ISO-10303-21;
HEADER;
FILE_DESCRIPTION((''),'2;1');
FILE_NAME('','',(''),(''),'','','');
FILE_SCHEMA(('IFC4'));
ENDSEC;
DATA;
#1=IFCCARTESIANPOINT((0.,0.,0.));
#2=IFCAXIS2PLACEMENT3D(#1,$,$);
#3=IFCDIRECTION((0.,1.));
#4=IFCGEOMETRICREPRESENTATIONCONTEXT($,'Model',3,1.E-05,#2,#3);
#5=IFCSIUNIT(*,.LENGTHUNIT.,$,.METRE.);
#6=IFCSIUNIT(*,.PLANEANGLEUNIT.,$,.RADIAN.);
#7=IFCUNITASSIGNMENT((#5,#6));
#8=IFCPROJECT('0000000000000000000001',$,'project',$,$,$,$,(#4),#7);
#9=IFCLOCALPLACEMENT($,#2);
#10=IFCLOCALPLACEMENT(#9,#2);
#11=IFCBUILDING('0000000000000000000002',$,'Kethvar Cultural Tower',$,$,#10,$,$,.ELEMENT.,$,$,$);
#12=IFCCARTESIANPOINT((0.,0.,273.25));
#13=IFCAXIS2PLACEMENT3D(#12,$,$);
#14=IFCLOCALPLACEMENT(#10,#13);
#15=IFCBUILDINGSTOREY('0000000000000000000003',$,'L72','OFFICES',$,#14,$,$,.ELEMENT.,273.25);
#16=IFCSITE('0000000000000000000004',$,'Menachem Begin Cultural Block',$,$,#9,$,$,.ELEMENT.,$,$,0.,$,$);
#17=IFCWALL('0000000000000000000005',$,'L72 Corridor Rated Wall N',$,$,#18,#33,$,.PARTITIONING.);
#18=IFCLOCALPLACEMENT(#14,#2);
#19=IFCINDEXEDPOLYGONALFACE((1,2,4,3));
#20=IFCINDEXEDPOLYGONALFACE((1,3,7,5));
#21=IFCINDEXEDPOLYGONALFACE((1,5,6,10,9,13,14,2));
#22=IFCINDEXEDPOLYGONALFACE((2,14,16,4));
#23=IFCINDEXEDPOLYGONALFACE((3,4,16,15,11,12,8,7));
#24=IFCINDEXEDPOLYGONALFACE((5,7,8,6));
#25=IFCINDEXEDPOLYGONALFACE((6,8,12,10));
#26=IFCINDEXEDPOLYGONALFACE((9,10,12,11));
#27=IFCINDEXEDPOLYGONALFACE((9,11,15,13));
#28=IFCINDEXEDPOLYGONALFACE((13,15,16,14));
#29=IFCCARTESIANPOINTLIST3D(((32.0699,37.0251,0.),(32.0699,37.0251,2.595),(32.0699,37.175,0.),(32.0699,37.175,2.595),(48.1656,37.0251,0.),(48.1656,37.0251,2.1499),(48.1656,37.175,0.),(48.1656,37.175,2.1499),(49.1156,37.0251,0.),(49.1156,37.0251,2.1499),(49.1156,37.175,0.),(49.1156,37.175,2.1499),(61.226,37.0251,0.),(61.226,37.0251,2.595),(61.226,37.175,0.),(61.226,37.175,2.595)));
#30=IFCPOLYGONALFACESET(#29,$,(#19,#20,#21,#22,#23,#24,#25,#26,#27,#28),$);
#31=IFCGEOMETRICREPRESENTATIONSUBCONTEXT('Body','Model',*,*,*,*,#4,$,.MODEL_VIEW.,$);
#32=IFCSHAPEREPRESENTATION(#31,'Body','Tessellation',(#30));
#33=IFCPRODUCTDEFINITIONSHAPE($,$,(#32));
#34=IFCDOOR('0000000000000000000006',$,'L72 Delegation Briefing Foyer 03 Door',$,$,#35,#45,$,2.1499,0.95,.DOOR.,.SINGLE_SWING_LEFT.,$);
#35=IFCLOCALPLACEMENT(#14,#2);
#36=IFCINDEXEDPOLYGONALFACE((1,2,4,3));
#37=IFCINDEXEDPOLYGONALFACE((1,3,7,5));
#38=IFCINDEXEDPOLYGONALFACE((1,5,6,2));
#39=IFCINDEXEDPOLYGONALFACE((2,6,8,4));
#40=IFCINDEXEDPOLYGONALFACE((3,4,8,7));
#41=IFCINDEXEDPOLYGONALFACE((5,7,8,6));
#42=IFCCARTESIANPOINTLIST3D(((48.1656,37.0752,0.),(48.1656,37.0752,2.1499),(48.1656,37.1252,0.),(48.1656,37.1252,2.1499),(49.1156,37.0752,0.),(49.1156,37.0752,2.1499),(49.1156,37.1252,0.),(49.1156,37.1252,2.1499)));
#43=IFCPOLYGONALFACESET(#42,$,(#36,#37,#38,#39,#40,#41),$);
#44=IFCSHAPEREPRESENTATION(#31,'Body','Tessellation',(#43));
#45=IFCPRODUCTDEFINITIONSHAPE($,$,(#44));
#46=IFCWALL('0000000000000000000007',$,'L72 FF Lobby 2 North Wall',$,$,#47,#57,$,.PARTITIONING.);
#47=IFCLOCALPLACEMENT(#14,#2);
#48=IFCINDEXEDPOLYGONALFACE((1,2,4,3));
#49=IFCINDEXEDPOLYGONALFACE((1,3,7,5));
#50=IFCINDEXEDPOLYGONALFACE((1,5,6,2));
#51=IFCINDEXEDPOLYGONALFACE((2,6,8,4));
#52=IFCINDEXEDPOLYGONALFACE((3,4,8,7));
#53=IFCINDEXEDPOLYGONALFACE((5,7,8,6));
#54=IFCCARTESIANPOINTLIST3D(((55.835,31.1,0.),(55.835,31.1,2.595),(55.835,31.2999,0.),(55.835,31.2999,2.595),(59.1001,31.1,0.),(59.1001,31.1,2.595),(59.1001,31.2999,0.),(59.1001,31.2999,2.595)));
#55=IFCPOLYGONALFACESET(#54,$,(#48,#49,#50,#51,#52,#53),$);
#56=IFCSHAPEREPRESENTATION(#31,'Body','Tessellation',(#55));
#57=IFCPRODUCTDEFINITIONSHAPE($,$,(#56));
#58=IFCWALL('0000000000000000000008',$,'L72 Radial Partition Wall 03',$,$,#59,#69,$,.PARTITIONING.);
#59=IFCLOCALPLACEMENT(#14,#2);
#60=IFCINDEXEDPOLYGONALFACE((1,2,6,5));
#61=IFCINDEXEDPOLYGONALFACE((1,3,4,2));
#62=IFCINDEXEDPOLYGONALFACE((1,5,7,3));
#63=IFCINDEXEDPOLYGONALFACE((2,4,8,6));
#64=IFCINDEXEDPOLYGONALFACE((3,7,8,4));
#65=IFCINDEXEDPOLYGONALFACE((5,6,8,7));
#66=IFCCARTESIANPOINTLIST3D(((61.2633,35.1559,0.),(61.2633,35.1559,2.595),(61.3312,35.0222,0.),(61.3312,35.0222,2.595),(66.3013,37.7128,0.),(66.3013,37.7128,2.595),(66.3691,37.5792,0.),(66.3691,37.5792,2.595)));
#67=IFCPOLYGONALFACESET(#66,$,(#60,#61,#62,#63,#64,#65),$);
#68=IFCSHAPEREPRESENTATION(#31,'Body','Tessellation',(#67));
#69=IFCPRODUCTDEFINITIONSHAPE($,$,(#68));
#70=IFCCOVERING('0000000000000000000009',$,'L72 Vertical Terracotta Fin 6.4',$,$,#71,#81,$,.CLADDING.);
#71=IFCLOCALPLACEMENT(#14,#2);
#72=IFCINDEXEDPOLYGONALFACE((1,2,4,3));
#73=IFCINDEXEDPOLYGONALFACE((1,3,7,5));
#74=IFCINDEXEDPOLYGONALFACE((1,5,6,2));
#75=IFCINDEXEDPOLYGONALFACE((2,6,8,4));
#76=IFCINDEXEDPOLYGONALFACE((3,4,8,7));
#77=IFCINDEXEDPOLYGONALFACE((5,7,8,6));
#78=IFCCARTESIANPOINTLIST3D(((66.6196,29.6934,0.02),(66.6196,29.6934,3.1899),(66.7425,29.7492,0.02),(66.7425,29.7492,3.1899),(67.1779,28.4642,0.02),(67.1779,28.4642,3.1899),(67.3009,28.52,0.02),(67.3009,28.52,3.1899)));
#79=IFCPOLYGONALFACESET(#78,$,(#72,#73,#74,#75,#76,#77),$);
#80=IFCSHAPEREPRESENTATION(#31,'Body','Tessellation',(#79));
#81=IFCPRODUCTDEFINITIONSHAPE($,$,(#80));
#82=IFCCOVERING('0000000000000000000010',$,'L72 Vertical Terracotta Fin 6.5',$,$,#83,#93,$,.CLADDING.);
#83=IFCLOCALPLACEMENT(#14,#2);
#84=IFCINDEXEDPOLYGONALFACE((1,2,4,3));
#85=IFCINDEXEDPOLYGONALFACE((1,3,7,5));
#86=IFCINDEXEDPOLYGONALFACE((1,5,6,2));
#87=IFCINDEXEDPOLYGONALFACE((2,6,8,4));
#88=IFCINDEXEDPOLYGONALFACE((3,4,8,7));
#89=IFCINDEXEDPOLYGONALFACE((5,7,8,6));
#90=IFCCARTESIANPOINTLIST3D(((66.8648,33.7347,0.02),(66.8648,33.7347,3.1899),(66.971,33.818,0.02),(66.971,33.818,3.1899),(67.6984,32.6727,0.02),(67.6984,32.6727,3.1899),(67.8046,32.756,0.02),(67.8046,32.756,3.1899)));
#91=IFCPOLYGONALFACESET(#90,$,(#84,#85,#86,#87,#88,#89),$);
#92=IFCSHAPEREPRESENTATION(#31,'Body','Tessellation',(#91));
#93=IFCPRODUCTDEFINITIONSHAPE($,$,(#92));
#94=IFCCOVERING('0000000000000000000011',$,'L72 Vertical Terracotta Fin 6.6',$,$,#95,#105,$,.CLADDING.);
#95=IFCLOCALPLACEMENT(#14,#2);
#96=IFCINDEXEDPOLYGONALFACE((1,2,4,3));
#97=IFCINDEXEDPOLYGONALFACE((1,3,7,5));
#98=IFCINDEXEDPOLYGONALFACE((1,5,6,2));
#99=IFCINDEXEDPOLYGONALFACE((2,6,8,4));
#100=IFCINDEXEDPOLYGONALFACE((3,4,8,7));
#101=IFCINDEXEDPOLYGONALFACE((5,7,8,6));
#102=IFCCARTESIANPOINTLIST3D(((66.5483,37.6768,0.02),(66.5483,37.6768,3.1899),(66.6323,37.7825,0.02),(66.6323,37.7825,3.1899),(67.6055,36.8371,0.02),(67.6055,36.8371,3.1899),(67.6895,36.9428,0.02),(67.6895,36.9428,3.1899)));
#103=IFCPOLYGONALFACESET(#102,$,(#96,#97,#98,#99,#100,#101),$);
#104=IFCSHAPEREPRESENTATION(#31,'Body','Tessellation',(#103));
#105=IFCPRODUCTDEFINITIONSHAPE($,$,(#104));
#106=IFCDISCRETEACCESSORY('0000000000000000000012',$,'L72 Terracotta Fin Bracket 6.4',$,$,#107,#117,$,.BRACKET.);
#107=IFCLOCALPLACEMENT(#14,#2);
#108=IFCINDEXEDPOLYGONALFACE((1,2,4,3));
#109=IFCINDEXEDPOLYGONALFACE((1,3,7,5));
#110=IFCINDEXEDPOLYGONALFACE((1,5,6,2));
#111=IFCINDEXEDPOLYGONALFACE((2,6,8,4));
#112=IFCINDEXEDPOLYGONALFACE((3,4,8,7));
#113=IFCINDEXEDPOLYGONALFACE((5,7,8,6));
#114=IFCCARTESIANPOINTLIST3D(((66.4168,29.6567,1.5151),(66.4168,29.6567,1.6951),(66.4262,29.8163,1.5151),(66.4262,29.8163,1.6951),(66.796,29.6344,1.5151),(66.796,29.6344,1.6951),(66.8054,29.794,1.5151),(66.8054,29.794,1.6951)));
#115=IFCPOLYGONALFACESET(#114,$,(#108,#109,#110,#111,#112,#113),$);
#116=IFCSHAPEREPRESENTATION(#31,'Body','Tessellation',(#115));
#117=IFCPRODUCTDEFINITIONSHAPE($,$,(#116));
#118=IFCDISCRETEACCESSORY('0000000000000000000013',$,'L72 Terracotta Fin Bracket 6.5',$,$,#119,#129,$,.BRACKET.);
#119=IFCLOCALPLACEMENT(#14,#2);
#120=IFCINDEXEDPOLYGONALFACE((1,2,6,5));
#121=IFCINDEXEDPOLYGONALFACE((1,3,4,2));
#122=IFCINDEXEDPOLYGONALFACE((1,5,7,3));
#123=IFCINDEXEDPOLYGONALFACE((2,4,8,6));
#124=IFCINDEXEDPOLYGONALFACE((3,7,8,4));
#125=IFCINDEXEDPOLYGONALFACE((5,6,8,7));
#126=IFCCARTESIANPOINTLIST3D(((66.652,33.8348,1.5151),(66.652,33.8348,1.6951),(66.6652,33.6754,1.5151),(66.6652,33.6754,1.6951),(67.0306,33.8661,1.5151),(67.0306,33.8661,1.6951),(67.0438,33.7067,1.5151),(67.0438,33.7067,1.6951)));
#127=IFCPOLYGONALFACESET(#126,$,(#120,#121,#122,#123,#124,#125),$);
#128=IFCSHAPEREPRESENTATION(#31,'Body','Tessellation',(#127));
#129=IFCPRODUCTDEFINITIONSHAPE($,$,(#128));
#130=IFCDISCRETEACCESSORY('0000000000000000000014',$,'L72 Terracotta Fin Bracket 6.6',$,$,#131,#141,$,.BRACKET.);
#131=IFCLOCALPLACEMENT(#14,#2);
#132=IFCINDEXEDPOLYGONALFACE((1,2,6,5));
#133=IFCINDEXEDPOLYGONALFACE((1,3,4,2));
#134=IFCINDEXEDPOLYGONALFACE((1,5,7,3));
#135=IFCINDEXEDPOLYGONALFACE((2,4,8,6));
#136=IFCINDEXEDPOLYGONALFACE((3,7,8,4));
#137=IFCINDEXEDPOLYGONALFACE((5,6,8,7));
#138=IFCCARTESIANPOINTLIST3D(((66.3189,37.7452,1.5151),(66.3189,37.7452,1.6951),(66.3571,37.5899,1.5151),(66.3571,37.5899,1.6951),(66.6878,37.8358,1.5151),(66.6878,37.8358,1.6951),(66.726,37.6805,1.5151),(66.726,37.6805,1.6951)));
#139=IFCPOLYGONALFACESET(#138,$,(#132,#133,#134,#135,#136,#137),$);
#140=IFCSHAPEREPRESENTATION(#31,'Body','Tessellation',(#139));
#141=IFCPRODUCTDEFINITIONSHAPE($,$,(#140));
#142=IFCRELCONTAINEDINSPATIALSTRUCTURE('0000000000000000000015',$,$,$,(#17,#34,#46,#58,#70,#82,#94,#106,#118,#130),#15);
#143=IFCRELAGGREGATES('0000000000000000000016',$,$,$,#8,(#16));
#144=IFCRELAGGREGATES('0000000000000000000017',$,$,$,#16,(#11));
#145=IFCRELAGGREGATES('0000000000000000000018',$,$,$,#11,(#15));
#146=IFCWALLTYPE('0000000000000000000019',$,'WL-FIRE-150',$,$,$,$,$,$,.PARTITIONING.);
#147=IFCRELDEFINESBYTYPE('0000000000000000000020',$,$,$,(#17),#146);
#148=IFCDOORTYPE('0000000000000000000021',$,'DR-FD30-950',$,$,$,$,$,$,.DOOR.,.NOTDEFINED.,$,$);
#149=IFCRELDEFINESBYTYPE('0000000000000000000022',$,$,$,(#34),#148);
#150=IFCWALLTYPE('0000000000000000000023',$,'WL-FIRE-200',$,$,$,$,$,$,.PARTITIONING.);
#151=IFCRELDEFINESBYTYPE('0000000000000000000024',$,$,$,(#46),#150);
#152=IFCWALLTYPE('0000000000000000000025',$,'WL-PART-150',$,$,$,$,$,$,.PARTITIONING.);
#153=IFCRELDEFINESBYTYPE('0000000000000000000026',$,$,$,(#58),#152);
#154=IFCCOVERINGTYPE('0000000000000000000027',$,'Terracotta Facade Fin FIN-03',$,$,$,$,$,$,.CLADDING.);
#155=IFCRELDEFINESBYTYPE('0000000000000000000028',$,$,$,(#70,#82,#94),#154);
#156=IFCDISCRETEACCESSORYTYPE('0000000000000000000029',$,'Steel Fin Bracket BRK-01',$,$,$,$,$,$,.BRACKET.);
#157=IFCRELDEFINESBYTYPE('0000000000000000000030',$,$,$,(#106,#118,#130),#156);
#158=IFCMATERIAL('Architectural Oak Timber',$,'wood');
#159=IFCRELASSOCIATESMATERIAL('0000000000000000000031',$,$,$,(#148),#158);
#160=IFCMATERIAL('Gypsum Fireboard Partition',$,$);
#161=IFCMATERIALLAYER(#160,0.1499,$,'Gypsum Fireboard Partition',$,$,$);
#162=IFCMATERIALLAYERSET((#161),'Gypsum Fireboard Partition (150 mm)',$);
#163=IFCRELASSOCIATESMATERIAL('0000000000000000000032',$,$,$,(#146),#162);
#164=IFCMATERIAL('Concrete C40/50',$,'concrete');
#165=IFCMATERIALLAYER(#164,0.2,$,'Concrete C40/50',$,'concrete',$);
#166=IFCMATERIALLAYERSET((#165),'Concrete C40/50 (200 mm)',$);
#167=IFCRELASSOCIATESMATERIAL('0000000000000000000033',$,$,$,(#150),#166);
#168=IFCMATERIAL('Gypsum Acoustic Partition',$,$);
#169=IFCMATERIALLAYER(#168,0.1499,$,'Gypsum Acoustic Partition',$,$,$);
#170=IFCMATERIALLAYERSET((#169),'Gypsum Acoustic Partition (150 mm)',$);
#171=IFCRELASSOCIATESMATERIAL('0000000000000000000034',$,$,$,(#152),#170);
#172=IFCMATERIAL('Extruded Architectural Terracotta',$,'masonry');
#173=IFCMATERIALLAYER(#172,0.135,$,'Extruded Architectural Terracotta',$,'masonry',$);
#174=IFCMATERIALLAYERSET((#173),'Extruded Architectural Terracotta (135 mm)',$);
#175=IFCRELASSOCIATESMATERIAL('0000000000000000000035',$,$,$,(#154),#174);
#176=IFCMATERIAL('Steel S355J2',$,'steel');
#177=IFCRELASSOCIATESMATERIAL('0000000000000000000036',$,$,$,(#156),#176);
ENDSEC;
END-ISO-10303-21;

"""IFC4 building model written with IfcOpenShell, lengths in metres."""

from ifc_helpers import new_model, si_unit, direction, frame, frame_2d, origin, origin_2d, place, context, subcontext, project, spatial, rectangle, extrude, source, transform, mapped, material, layer, layer_set, type_object, element, fill, save


model = new_model("IFC4")

# Units and contexts
model_context = context("Model", 3, precision=1e-05, world=origin(), true_north=direction((0.0, 1.0)))
body_context = subcontext(model_context, "Body", "Model", "MODEL_VIEW")
ifc_project = project(units=[si_unit("LENGTHUNIT", "METRE"), si_unit("PLANEANGLEUNIT", "RADIAN")], contexts=[model_context])

# Site, building, storey
site_placement = place(None, origin())
site = spatial("IfcSite", under=ifc_project, at=site_placement, Name="Menachem Begin Cultural Block", CompositionType="ELEMENT", RefElevation=0.0)
building_placement = place(site_placement, origin())
building = spatial("IfcBuilding", under=site, at=building_placement, Name="Kethvar Cultural Tower", CompositionType="ELEMENT")
storey_placement = place(building_placement, frame((0.0, 0.0, 273.25)))
storey = spatial("IfcBuildingStorey", under=building, at=storey_placement, Name="L72", Description="OFFICES", CompositionType="ELEMENT", Elevation=273.25)

# Shared definitions
ifc_material_1 = material(Name="Steel S355J2", Category="steel")

# Shared definitions
ifc_material_2 = material(Name="Architectural Oak Timber", Category="wood")
door_type_1 = type_object("IfcDoorType", Name="DR-FD30-950", OperationType="NOTDEFINED", PredefinedType="DOOR", material=ifc_material_2)
shared_shape_1 = source(origin(), body_context, "Body", "SweptSolid", [
    extrude(rectangle(XDim=0.95, YDim=2.1499, at=frame_2d((0.4751, 1.075))), frame((0.0, 0.0249, 0.0), z_axis=(0.0, -1.0, 0.0), x_axis=(1.0, 0.0, 0.0)), (0.0, 0.0, 1.0), 0.05),
])

# Wall, opening, door
ifc_material_3 = material(Name="Gypsum Fireboard Partition")
ifc_layer_1 = layer(ifc_material_3, 0.1499, Name="Gypsum Fireboard Partition")
ifc_layer_set_1 = layer_set([ifc_layer_1], Name="Gypsum Fireboard Partition (150 mm)")
wall_type_1 = type_object("IfcWallType", Name="WL-FIRE-150", PredefinedType="PARTITIONING", material=ifc_layer_set_1)
wall_1_placement = place(storey_placement, frame((61.2261, 37.1001, 0.0), z_axis=(0.0, 0.0, 1.0), x_axis=(-1.0, 0.0, 0.0)))
wall_1 = element("IfcWall", 1, at=wall_1_placement, inside=storey, type_object=wall_type_1, Name="L72 Corridor Rated Wall N", PredefinedType="PARTITIONING", context=body_context, shape_type="SweptSolid", body=[
    extrude(rectangle(XDim=29.156, YDim=0.1499, at=frame_2d((14.5781, 0.0))), origin(), (0.0, 0.0, 1.0), 2.595),
])
opening_1_placement = place(wall_1_placement, frame((12.1104, 0.0, 0.0)))
opening_1 = element("IfcOpeningElement", 2, at=opening_1_placement, cuts=wall_1, PredefinedType="OPENING", context=body_context, shape_type="SweptSolid", body=[
    extrude(rectangle(XDim=0.95, YDim=2.1499, at=frame_2d((0.4751, 1.075))), frame((0.0, 0.085, 0.0), z_axis=(0.0, -1.0, 0.0), x_axis=(1.0, 0.0, 0.0)), (0.0, 0.0, 1.0), 0.1699),
])
door_1_placement = place(opening_1_placement, origin())
door_1 = element("IfcDoor", 3, at=door_1_placement, inside=storey, type_object=door_type_1, Name="L72 Delegation Briefing Foyer 03 Door", OperationType="SINGLE_SWING_LEFT", OverallHeight=2.1499, OverallWidth=0.95, PredefinedType="DOOR", context=body_context, shape_type="MappedRepresentation", body=[
    mapped(shared_shape_1, transform((0.0, 0.0, 0.0), scale=1.0)),
])
fill(opening_1, door_1)

# Walls
ifc_material_4 = material(Name="Concrete C40/50", Category="concrete")
ifc_layer_2 = layer(ifc_material_4, 0.2, Name="Concrete C40/50", Category="concrete")
ifc_layer_set_2 = layer_set([ifc_layer_2], Name="Concrete C40/50 (200 mm)")
wall_type_2 = type_object("IfcWallType", Name="WL-FIRE-200", PredefinedType="PARTITIONING", material=ifc_layer_set_2)
wall_2_placement = place(storey_placement, frame((55.835, 31.2, 0.0), z_axis=(0.0, 0.0, 1.0), x_axis=(1.0, 0.0, 0.0)))
element("IfcWall", 4, at=wall_2_placement, inside=storey, type_object=wall_type_2, Name="L72 FF Lobby 2 North Wall", PredefinedType="PARTITIONING", context=body_context, shape_type="SweptSolid", body=[
    extrude(rectangle(XDim=3.2651, YDim=0.2, at=frame_2d((1.6326, 0.0))), origin(), (0.0, 0.0, 1.0), 2.595),
])
ifc_material_5 = material(Name="Gypsum Acoustic Partition")
ifc_layer_3 = layer(ifc_material_5, 0.1499, Name="Gypsum Acoustic Partition")
ifc_layer_set_3 = layer_set([ifc_layer_3], Name="Gypsum Acoustic Partition (150 mm)")
wall_type_3 = type_object("IfcWallType", Name="WL-PART-150", PredefinedType="PARTITIONING", material=ifc_layer_set_3)
wall_3_placement = place(storey_placement, frame((61.2974, 35.0891, 0.0), z_axis=(0.0, 0.0, 1.0), x_axis=(0.891723, 0.452581, 0.0)))
element("IfcWall", 5, at=wall_3_placement, inside=storey, type_object=wall_type_3, Name="L72 Radial Partition Wall 03", PredefinedType="PARTITIONING", context=body_context, shape_type="SweptSolid", body=[
    extrude(rectangle(XDim=5.6497, YDim=0.1499, at=frame_2d((2.8247, 0.0))), origin(), (0.0, 0.0, 1.0), 2.595),
])

# Coverings
ifc_material_6 = material(Name="Extruded Architectural Terracotta", Category="masonry")
ifc_layer_4 = layer(ifc_material_6, 0.135, Name="Extruded Architectural Terracotta", Category="masonry")
ifc_layer_set_4 = layer_set([ifc_layer_4], Name="Extruded Architectural Terracotta (135 mm)")
covering_type = type_object("IfcCoveringType", Name="Terracotta Facade Fin FIN-03", PredefinedType="CLADDING", material=ifc_layer_set_4)
shared_shape_2 = source(origin(), body_context, "Body", "SweptSolid", [
    extrude(rectangle(XDim=1.3501, YDim=0.135, at=origin_2d()), origin(), (0.0, 0.0, 1.0), 3.1699),
])
for number, where, z_axis, x_axis, name in (
    (6, (66.9602, 29.1067, 0.02), (0.0, 0.0, 1.0), (0.413581, -0.910467, 0.0), "L72 Vertical Terracotta Fin 6.4"),
    (7, (67.3347, 33.2454, 0.02), (0.0, 0.0, 1.0), (0.617448, -0.786612, 0.0), "L72 Vertical Terracotta Fin 6.5"),
    (8, (67.1189, 37.3098, 0.02), (0.0, 0.0, 1.0), (0.783043, -0.621968, 0.0), "L72 Vertical Terracotta Fin 6.6"),
):
    element("IfcCovering", number, at=place(storey_placement, frame(where, z_axis=z_axis, x_axis=x_axis)), inside=storey, type_object=covering_type, Name=name, PredefinedType="CLADDING", context=body_context, shape_type="MappedRepresentation", body=[
        mapped(shared_shape_2, transform((0.0, 0.0, 0.0), scale=1.0)),
    ])

# Discrete accessories
discrete_accessory_type = type_object("IfcDiscreteAccessoryType", Name="Steel Fin Bracket BRK-01", PredefinedType="BRACKET", material=ifc_material_1)
shared_shape_3 = source(origin(), body_context, "Body", "SweptSolid", [
    extrude(rectangle(XDim=0.3799, YDim=0.1599, at=origin_2d()), origin(), (0.0, 0.0, 1.0), 0.1799),
])
for number, where, z_axis, x_axis, name in (
    (9, (66.6111, 29.7253, 1.5151), (0.0, 0.0, 1.0), (0.998281, -0.058609, 0.0), "L72 Terracotta Fin Bracket 6.4"),
    (10, (66.8479, 33.7708, 1.5151), (0.0, 0.0, 1.0), (0.996609, 0.082286, 0.0), "L72 Terracotta Fin Bracket 6.5"),
    (11, (66.5225, 37.7129, 1.5151), (0.0, 0.0, 1.0), (0.971134, 0.238533, 0.0), "L72 Terracotta Fin Bracket 6.6"),
):
    element("IfcDiscreteAccessory", number, at=place(storey_placement, frame(where, z_axis=z_axis, x_axis=x_axis)), inside=storey, type_object=discrete_accessory_type, Name=name, PredefinedType="BRACKET", context=body_context, shape_type="MappedRepresentation", body=[
        mapped(shared_shape_3, transform((0.0, 0.0, 0.0), scale=1.0)),
    ])

save(model, "model.ifc")
